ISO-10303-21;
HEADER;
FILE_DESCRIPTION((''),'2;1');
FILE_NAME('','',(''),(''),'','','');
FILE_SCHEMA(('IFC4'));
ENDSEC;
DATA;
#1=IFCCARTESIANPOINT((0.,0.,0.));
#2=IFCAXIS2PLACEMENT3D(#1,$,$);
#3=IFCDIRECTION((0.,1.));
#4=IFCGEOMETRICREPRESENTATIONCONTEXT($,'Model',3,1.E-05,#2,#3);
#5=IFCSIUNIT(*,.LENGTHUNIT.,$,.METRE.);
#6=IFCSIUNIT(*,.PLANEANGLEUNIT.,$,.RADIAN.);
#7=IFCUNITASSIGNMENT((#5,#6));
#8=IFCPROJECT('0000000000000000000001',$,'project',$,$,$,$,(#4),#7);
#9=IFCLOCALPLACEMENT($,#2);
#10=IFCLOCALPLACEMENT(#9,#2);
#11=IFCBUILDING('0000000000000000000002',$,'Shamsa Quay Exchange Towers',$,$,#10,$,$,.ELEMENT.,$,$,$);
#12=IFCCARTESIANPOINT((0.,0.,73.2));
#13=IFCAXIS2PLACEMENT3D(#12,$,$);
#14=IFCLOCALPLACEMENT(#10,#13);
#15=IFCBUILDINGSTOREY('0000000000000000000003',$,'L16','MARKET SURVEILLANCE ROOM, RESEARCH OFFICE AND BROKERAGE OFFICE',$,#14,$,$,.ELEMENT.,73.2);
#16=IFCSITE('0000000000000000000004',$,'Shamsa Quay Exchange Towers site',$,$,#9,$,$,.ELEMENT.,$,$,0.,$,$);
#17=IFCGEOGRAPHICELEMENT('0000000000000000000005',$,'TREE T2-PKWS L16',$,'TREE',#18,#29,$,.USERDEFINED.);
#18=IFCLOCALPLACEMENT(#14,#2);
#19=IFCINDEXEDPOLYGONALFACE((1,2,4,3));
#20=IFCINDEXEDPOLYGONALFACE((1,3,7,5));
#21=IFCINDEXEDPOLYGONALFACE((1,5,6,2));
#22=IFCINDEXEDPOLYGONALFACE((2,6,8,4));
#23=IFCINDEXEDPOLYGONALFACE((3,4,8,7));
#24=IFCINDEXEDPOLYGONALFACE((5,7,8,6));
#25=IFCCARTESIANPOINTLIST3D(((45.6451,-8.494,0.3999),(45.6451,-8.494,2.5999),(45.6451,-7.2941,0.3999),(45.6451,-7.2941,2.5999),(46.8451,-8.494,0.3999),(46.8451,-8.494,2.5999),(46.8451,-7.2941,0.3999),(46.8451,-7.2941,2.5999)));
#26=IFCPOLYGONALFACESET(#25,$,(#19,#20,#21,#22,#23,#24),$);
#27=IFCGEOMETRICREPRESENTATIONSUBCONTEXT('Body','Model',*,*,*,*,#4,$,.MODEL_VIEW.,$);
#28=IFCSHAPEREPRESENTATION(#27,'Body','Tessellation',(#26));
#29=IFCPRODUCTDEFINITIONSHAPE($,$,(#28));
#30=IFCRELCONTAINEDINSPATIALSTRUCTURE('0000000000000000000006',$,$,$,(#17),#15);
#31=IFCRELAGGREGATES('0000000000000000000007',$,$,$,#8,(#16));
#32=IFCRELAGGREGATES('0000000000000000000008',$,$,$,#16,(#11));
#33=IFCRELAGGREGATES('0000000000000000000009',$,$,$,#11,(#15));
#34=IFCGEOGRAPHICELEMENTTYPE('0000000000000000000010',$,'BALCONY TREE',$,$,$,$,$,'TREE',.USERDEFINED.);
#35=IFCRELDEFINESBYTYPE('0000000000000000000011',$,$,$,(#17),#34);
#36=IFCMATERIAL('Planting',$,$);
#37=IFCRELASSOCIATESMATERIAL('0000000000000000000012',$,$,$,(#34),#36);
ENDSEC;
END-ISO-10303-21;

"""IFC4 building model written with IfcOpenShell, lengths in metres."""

from ifc_helpers import new_model, si_unit, direction, frame, origin, origin_2d, place, context, subcontext, project, spatial, rectangle, extrude, material, type_object, element, save


model = new_model("IFC4")

# Units and contexts
model_context = context("Model", 3, precision=1e-05, world=origin(), true_north=direction((0.0, 1.0)))
body_context = subcontext(model_context, "Body", "Model", "MODEL_VIEW")
ifc_project = project(units=[si_unit("LENGTHUNIT", "METRE"), si_unit("PLANEANGLEUNIT", "RADIAN")], contexts=[model_context])

# Site, building, storey
site_placement = place(None, origin())
site = spatial("IfcSite", under=ifc_project, at=site_placement, Name="Shamsa Quay Exchange Towers site", CompositionType="ELEMENT", RefElevation=0.0)
building_placement = place(site_placement, origin())
building = spatial("IfcBuilding", under=site, at=building_placement, Name="Shamsa Quay Exchange Towers", CompositionType="ELEMENT")
storey_placement = place(building_placement, frame((0.0, 0.0, 73.2)))
storey = spatial("IfcBuildingStorey", under=building, at=storey_placement, Name="L16", Description="MARKET SURVEILLANCE ROOM, RESEARCH OFFICE AND BROKERAGE OFFICE", CompositionType="ELEMENT", Elevation=73.2)

# Geographic element
ifc_material_1 = material(Name="Planting")
geographic_element_type = type_object("IfcGeographicElementType", Name="BALCONY TREE", ElementType="TREE", PredefinedType="USERDEFINED", material=ifc_material_1)
geographic_element_placement = place(storey_placement, frame((46.2451, -7.894, 0.3999), z_axis=(0.0, 0.0, 1.0), x_axis=(0.0, 1.0, 0.0)))
element("IfcGeographicElement", 1, at=geographic_element_placement, inside=storey, type_object=geographic_element_type, Name="TREE T2-PKWS L16", ObjectType="TREE", PredefinedType="USERDEFINED", context=body_context, shape_type="SweptSolid", body=[
    extrude(rectangle(XDim=1.2, YDim=1.2, at=origin_2d()), origin(), (0.0, 0.0, 1.0), 2.2),
])

save(model, "model.ifc")
